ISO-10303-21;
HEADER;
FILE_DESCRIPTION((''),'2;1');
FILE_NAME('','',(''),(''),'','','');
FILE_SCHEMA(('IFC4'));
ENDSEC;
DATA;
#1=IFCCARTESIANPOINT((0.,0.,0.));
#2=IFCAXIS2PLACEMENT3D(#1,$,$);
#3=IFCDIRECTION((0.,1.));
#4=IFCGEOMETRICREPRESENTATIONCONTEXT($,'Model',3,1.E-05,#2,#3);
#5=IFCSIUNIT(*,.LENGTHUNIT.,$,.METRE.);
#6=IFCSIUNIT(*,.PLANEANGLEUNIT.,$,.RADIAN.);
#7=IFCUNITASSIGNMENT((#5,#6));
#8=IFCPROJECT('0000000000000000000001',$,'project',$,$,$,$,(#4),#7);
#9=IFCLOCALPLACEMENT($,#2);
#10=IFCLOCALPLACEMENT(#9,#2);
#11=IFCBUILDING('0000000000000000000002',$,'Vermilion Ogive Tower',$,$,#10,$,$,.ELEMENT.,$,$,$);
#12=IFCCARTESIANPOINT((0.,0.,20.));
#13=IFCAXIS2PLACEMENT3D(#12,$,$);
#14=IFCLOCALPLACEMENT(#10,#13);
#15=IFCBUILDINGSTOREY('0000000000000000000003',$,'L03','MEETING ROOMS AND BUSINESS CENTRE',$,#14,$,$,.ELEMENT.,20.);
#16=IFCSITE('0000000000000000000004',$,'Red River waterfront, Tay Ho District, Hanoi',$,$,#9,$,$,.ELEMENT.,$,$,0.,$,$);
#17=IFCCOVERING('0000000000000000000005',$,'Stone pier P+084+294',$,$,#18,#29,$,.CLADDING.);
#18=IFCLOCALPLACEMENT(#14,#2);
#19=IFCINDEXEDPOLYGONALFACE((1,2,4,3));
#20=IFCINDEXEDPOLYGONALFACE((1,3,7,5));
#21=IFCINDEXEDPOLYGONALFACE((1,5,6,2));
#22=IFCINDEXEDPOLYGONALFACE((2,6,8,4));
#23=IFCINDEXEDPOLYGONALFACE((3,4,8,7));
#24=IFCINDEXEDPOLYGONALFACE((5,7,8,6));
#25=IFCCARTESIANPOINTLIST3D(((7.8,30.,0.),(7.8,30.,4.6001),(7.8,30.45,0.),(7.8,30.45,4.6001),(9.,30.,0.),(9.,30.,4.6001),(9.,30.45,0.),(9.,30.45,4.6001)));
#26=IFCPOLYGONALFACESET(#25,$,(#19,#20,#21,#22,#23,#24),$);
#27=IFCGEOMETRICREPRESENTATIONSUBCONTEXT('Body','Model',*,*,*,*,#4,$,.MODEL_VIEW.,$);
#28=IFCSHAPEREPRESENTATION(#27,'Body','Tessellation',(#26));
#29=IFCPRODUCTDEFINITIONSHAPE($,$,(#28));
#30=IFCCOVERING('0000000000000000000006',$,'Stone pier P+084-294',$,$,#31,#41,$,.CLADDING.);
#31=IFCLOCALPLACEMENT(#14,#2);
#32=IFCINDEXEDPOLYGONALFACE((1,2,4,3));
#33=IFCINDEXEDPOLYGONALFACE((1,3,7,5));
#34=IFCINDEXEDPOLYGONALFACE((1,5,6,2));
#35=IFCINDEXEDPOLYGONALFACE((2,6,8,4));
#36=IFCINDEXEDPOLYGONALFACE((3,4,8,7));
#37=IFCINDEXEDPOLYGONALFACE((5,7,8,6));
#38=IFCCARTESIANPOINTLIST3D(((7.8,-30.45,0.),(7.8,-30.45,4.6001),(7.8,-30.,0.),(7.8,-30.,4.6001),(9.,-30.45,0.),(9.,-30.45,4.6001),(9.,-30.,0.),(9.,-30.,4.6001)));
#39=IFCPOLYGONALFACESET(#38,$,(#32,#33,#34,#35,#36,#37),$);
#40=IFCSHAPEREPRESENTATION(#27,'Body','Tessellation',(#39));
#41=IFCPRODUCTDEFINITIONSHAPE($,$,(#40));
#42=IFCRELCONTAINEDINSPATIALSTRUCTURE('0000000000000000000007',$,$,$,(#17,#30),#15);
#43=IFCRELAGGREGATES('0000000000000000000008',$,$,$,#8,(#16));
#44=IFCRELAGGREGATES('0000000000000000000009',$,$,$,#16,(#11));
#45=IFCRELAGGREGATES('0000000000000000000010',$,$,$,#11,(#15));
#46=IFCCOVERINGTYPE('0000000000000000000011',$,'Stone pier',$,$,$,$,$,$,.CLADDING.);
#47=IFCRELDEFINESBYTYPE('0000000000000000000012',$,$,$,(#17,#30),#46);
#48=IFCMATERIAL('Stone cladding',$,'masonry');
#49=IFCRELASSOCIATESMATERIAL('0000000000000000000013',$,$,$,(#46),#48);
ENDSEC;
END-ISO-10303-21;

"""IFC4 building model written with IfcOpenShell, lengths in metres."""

from ifc_helpers import new_model, si_unit, direction, frame, origin, place, context, subcontext, project, spatial, polyline, outline, extrude, material, type_object, element, save


model = new_model("IFC4")

# Units and contexts
model_context = context("Model", 3, precision=1e-05, world=origin(), true_north=direction((0.0, 1.0)))
body_context = subcontext(model_context, "Body", "Model", "MODEL_VIEW")
ifc_project = project(units=[si_unit("LENGTHUNIT", "METRE"), si_unit("PLANEANGLEUNIT", "RADIAN")], contexts=[model_context])

# Site, building, storey
site_placement = place(None, origin())
site = spatial("IfcSite", under=ifc_project, at=site_placement, Name="Red River waterfront, Tay Ho District, Hanoi", CompositionType="ELEMENT", RefElevation=0.0)
building_placement = place(site_placement, origin())
building = spatial("IfcBuilding", under=site, at=building_placement, Name="Vermilion Ogive Tower", CompositionType="ELEMENT")
storey_placement = place(building_placement, frame((0.0, 0.0, 20.0)))
storey = spatial("IfcBuildingStorey", under=building, at=storey_placement, Name="L03", Description="MEETING ROOMS AND BUSINESS CENTRE", CompositionType="ELEMENT", Elevation=20.0)

# Coverings
ifc_material_1 = material(Name="Stone cladding", Category="masonry")
covering_type = type_object("IfcCoveringType", Name="Stone pier", PredefinedType="CLADDING", material=ifc_material_1)
covering_1_placement = place(storey_placement, origin())
element("IfcCovering", 1, at=covering_1_placement, inside=storey, type_object=covering_type, Name="Stone pier P+084+294", PredefinedType="CLADDING", context=body_context, shape_type="SweptSolid", body=[
    extrude(outline(polyline([(7.8, 30.0), (7.8, 30.45), (9.0, 30.45), (9.0, 30.0), (7.8, 30.0), (7.8, 30.0)])), origin(), (0.0, 0.0, 1.0), 4.6001),
])
covering_2_placement = place(storey_placement, origin())
element("IfcCovering", 2, at=covering_2_placement, inside=storey, type_object=covering_type, Name="Stone pier P+084-294", PredefinedType="CLADDING", context=body_context, shape_type="SweptSolid", body=[
    extrude(outline(polyline([(9.0, -30.0), (9.0, -30.45), (7.8, -30.45), (7.8, -30.0), (9.0, -30.0), (9.0, -30.0)])), origin(), (0.0, 0.0, 1.0), 4.6001),
])

save(model, "model.ifc")
